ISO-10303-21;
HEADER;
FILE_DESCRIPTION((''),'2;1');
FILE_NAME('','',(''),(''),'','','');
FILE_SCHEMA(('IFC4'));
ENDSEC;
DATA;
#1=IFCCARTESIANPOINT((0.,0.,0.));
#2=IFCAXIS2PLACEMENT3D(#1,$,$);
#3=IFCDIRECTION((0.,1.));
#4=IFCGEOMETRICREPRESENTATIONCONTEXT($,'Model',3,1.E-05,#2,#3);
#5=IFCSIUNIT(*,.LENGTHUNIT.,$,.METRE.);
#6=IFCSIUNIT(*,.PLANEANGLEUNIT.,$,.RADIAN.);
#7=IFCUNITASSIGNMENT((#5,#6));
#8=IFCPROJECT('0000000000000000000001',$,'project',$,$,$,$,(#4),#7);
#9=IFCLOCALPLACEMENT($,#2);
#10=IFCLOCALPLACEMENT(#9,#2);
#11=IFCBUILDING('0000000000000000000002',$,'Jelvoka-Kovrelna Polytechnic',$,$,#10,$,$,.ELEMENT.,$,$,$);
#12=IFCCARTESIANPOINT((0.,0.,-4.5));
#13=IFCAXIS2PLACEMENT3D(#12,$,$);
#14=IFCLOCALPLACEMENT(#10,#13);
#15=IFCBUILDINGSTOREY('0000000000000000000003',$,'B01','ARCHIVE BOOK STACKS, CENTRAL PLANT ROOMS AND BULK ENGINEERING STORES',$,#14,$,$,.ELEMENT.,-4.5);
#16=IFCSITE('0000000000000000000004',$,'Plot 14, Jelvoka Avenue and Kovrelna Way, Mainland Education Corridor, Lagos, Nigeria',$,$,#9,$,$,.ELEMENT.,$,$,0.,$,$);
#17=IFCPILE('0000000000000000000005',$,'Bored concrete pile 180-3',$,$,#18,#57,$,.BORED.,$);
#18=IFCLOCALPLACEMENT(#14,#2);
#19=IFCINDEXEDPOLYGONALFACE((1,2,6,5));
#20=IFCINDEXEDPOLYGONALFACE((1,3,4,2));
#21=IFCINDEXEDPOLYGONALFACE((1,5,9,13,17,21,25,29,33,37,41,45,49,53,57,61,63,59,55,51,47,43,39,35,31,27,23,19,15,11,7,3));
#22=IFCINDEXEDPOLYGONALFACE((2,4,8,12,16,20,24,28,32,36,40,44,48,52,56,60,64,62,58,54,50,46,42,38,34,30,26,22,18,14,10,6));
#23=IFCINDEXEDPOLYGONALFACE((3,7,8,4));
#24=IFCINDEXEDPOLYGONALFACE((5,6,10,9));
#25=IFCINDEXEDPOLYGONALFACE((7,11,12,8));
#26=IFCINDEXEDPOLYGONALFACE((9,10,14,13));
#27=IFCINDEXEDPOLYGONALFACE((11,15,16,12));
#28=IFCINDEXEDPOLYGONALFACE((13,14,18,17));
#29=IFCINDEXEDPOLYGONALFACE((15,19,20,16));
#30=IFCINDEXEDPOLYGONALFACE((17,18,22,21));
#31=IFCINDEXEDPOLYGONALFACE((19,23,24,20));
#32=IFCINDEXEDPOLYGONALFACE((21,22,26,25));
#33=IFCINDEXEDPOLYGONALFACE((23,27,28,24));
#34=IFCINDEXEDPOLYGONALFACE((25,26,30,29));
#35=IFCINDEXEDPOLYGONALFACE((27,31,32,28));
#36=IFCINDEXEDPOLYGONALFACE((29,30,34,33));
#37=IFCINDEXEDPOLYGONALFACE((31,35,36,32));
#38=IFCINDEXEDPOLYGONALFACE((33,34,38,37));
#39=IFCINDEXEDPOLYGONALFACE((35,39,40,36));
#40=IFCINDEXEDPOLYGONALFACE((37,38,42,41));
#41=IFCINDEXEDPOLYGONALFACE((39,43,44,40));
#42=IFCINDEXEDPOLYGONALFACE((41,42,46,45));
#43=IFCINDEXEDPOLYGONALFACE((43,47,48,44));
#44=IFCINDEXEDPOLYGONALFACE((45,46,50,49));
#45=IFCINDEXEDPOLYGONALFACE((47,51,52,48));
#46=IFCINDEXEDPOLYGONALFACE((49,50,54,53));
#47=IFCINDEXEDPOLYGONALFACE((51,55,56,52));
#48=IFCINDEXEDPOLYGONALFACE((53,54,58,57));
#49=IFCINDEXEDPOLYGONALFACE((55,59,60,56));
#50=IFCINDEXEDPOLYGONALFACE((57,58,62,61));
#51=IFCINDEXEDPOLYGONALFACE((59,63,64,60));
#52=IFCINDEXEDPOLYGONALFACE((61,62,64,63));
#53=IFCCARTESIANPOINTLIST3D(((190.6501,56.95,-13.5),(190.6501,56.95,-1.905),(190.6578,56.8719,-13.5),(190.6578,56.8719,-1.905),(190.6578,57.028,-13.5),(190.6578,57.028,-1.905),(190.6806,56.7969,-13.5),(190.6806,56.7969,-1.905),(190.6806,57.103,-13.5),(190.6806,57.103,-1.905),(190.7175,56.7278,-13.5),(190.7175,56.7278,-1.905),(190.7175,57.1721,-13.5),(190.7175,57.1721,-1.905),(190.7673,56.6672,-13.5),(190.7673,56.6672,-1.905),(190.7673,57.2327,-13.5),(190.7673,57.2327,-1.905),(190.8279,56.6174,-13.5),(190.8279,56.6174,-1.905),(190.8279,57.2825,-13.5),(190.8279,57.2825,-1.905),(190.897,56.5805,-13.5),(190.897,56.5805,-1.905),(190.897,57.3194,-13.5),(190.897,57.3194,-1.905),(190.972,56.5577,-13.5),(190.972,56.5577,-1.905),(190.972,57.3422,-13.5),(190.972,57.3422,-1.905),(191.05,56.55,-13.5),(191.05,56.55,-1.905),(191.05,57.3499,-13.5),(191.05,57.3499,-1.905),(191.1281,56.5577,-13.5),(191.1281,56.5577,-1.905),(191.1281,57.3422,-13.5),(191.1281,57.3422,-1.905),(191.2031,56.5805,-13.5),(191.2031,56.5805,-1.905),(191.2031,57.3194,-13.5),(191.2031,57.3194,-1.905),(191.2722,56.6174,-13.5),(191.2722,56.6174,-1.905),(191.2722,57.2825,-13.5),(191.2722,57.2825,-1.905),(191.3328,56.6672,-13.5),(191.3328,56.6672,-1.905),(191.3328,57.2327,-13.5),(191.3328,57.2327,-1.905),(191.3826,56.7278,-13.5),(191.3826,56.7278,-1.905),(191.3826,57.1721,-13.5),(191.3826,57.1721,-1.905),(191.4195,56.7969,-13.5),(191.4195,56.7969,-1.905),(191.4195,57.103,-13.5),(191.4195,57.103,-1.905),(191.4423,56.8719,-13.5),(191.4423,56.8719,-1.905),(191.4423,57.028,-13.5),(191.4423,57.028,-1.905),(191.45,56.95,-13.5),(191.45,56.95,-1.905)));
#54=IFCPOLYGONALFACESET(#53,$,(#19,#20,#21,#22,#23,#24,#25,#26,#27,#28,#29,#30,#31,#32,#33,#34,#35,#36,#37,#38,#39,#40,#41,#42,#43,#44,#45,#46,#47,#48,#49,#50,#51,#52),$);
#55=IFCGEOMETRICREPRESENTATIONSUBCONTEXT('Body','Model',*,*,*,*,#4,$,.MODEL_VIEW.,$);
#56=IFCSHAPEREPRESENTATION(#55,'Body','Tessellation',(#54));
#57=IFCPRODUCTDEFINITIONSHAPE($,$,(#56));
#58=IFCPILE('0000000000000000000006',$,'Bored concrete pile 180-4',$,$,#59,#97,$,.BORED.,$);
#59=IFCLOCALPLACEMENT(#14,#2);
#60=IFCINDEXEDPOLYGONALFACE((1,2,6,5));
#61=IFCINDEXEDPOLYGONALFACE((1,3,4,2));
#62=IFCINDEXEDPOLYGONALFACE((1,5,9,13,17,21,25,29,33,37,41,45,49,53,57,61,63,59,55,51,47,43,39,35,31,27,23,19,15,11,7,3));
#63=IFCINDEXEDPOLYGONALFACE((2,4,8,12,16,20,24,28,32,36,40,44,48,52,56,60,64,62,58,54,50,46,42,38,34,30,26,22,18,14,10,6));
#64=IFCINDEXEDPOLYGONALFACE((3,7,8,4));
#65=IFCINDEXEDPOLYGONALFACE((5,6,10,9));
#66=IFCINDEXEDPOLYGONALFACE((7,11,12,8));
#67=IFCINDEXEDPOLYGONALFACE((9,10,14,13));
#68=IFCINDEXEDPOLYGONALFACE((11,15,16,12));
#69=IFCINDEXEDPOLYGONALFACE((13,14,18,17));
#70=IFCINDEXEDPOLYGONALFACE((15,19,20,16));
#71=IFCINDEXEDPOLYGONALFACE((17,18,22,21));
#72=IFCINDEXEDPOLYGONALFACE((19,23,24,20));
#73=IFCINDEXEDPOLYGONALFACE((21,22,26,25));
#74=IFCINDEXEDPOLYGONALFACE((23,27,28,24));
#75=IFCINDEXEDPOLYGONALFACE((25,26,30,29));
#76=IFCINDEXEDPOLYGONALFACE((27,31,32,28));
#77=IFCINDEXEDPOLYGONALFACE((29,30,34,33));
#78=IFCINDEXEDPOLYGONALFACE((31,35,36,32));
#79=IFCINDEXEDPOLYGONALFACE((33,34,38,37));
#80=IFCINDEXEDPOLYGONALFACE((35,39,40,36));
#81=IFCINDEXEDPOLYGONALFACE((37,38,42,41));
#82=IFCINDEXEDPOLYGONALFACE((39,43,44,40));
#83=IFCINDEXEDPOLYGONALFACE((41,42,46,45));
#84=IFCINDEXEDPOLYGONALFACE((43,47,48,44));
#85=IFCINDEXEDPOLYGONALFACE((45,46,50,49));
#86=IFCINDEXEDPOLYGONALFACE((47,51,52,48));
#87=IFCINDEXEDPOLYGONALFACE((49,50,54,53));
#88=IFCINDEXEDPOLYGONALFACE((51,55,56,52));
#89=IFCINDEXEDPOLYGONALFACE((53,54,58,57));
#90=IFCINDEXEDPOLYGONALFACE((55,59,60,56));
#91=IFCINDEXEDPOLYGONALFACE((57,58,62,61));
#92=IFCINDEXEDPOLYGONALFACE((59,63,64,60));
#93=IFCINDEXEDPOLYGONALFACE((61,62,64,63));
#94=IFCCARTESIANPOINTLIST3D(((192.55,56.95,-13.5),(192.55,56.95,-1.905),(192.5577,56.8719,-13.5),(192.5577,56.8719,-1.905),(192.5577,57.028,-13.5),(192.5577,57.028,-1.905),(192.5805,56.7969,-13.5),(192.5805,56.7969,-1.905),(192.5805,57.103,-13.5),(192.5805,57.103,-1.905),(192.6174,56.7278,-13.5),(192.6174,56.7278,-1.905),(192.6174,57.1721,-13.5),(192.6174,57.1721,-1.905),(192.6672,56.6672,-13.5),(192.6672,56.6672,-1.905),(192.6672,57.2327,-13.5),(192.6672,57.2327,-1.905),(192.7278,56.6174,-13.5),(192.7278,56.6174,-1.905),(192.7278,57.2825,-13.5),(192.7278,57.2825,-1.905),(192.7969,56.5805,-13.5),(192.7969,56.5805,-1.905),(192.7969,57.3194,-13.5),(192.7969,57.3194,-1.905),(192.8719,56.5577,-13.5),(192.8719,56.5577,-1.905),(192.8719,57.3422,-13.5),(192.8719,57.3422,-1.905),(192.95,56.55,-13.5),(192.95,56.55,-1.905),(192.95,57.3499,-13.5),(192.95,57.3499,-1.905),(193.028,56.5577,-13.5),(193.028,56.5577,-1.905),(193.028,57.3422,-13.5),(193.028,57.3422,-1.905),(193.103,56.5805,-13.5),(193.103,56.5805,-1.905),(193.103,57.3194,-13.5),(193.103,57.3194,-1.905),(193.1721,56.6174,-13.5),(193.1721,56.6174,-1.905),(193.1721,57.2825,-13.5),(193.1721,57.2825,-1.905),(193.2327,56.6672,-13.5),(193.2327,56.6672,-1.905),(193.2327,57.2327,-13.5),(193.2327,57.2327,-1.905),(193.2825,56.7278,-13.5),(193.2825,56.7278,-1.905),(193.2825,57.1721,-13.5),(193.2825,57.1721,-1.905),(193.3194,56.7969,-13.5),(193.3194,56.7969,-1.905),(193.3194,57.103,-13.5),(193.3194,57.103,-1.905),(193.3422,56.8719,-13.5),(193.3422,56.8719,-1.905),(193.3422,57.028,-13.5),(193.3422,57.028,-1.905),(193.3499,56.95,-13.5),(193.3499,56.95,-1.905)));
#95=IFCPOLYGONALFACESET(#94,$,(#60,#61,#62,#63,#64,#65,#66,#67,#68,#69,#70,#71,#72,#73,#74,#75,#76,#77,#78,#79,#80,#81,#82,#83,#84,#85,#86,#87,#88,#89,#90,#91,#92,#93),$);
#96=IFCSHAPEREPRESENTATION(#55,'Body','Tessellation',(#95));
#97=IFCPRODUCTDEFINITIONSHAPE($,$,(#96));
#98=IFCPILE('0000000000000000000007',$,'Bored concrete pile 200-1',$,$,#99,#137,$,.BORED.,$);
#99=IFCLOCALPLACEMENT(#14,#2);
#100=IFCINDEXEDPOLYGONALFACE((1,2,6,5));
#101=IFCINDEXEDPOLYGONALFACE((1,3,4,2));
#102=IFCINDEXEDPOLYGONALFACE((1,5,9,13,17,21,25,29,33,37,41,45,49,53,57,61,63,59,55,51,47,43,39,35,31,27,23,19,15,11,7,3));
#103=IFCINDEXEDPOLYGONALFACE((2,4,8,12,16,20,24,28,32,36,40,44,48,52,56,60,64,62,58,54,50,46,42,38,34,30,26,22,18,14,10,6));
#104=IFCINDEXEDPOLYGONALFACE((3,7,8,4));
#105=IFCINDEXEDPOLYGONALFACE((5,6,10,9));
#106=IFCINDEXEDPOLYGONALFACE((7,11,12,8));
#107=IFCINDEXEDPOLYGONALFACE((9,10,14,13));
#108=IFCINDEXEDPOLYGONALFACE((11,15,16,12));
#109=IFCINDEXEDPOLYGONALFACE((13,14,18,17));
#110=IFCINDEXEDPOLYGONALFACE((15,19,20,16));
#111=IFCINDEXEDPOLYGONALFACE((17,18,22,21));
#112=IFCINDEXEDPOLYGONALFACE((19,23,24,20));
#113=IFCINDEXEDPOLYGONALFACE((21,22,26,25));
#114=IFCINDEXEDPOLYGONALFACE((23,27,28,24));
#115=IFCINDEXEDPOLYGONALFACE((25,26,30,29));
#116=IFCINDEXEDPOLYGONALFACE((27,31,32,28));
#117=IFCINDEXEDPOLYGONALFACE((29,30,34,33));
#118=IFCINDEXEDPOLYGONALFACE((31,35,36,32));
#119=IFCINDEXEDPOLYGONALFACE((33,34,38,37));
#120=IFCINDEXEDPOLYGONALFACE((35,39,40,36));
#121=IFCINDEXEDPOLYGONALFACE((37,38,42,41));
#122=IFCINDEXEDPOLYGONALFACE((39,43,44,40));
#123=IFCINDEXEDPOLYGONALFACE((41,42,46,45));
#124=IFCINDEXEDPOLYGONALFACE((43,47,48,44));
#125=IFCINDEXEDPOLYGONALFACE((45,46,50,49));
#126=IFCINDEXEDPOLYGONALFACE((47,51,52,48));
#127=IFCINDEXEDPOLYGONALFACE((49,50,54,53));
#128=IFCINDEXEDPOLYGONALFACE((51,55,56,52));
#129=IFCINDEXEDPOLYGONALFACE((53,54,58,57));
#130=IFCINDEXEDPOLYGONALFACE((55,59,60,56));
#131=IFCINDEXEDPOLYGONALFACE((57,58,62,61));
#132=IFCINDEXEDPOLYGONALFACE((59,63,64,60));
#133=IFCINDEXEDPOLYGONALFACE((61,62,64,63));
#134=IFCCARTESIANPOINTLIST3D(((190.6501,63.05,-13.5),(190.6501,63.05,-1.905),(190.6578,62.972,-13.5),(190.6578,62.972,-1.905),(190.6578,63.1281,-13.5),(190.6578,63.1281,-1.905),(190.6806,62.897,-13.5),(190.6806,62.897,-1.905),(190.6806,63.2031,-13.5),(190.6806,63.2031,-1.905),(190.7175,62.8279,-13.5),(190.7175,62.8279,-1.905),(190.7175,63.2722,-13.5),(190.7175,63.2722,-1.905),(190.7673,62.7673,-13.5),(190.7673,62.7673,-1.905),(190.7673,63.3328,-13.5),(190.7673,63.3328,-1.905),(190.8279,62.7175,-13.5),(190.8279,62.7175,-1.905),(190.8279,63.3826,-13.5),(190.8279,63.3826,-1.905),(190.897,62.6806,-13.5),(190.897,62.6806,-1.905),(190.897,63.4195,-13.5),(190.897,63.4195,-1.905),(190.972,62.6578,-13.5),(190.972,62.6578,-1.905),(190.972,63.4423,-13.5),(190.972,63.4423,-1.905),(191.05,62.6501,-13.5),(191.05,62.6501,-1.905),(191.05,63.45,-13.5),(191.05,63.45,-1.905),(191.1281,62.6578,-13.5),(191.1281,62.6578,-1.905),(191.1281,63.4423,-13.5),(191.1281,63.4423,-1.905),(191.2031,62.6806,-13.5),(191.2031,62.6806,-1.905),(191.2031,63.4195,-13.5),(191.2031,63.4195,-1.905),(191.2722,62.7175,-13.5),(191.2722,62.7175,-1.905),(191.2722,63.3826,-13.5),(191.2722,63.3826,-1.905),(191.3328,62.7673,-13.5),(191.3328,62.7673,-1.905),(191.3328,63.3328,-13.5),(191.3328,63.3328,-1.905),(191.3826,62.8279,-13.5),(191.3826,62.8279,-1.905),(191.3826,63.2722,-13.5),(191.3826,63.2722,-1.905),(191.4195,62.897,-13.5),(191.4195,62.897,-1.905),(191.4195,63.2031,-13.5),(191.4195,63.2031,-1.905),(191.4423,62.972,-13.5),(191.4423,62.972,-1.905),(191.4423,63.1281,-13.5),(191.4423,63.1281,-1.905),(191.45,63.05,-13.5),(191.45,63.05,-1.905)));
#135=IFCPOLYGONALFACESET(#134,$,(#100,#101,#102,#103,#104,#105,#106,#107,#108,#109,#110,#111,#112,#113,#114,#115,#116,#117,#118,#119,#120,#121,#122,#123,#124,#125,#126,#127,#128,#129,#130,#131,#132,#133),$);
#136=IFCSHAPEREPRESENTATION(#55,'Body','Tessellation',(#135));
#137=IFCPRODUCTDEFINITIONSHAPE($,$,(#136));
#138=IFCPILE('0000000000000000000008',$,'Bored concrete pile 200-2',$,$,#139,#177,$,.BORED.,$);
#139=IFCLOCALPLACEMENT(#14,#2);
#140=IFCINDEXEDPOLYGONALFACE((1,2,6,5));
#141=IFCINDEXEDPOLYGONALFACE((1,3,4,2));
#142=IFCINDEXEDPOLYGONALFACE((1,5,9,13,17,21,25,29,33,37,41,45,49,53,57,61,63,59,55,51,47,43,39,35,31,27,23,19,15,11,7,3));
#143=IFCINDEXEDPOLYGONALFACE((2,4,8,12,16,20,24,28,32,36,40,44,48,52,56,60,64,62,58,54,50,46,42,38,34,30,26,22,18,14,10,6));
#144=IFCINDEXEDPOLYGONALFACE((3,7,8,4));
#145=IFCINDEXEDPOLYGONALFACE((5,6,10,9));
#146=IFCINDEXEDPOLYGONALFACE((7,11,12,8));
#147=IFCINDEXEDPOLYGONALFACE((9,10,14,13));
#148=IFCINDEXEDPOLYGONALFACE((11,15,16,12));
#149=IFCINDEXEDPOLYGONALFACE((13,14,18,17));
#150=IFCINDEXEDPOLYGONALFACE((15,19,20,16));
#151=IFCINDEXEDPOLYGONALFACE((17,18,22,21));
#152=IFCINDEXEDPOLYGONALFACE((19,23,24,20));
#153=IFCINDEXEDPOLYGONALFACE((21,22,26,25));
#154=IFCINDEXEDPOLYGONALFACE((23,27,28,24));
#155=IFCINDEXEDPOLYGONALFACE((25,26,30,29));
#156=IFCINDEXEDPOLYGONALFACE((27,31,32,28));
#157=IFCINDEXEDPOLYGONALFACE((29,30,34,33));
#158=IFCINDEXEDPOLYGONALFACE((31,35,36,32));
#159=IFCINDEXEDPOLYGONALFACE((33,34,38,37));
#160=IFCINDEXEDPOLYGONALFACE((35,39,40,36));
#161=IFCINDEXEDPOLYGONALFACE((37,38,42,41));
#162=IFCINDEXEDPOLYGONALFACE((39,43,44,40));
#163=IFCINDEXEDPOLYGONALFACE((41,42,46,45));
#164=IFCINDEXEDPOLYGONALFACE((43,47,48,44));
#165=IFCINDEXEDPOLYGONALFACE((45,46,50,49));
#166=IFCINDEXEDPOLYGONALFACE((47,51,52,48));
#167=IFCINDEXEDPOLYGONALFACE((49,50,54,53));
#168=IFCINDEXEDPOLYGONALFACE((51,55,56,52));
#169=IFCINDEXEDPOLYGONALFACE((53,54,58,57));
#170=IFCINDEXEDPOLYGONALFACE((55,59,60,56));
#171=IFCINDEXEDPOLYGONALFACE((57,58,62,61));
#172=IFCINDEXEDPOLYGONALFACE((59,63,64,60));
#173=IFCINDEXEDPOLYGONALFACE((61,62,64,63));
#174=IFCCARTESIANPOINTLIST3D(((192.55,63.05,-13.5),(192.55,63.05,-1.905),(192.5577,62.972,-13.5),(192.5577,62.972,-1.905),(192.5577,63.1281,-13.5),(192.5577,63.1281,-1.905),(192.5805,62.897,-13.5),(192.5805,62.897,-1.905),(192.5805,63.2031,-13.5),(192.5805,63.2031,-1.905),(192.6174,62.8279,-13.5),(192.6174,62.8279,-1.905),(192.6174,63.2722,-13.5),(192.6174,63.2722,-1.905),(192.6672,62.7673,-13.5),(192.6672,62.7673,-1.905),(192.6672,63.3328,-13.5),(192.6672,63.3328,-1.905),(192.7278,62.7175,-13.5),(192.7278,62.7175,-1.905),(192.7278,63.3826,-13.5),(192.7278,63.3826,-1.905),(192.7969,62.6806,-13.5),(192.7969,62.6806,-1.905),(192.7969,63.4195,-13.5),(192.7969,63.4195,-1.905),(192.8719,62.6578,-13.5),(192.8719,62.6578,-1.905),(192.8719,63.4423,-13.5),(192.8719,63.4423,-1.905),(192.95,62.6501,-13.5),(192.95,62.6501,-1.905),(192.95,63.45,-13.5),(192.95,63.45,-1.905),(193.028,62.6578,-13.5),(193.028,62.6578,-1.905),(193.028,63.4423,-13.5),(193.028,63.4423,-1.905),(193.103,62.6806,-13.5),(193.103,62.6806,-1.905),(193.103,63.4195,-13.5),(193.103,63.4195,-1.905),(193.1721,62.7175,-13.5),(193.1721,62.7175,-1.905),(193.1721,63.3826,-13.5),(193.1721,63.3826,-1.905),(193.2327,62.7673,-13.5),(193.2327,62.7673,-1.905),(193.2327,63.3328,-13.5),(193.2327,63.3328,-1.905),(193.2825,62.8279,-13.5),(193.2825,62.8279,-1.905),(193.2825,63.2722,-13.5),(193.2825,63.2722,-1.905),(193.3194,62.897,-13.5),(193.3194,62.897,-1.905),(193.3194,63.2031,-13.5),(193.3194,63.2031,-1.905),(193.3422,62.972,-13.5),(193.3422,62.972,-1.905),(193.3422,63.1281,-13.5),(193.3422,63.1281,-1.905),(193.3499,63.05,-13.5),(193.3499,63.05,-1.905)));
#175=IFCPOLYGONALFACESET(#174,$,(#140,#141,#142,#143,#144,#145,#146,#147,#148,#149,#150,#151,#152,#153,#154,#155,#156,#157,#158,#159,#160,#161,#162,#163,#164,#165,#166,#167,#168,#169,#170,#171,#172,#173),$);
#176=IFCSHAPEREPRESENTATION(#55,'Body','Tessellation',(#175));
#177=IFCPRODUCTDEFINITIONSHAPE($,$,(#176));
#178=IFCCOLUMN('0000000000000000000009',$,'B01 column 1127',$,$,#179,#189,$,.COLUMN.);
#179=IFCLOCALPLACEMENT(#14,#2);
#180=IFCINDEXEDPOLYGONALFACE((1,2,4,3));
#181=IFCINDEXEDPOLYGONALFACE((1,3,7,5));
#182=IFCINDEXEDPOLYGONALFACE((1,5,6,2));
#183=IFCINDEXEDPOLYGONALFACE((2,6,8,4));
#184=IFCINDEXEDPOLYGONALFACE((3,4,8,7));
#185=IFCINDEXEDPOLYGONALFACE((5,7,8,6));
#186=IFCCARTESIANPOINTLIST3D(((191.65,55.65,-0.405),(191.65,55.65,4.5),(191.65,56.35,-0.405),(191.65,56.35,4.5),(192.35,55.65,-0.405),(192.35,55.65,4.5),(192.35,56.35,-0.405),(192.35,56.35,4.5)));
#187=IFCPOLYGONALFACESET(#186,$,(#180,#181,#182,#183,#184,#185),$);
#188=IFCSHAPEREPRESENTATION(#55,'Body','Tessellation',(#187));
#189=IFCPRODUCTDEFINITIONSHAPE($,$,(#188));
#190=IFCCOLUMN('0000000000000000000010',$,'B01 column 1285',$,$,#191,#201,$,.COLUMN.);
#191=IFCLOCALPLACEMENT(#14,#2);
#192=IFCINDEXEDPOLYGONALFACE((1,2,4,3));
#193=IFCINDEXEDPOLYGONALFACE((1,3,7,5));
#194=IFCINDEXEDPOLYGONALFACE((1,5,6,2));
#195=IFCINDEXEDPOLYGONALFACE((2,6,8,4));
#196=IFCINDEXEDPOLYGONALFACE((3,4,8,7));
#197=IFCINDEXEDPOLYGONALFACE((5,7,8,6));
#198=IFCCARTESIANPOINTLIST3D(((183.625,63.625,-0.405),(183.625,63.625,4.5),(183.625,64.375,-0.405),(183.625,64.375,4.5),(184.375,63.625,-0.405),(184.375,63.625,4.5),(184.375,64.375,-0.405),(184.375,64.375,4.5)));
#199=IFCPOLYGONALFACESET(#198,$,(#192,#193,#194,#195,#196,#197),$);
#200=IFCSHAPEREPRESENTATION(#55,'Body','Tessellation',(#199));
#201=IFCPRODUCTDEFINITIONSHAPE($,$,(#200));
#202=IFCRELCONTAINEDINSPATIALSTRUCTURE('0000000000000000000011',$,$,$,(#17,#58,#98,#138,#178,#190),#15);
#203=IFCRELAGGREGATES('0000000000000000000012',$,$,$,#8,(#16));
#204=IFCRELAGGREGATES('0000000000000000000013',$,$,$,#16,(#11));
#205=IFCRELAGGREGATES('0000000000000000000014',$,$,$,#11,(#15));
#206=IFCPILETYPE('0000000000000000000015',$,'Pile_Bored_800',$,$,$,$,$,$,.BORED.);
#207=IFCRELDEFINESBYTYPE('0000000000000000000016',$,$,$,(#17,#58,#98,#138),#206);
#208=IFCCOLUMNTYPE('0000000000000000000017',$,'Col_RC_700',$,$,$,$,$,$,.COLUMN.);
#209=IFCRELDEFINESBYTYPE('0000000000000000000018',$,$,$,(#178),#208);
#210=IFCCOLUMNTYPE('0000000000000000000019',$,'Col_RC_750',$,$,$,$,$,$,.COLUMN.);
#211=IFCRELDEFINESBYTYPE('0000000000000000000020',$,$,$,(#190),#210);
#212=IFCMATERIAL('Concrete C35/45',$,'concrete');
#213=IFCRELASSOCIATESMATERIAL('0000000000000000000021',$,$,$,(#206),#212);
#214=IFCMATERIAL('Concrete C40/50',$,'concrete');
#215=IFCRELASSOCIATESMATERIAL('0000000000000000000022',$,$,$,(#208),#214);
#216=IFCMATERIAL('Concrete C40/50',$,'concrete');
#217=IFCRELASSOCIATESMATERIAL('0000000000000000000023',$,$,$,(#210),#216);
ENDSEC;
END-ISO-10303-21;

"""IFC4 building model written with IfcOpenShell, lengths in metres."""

from ifc_helpers import new_model, si_unit, direction, frame, origin, origin_2d, place, context, subcontext, project, spatial, rectangle, circle, extrude, material, material_profile, profile_set, type_object, element, save


model = new_model("IFC4")

# Units and contexts
model_context = context("Model", 3, precision=1e-05, world=origin(), true_north=direction((0.0, 1.0)))
body_context = subcontext(model_context, "Body", "Model", "MODEL_VIEW")
ifc_project = project(units=[si_unit("LENGTHUNIT", "METRE"), si_unit("PLANEANGLEUNIT", "RADIAN")], contexts=[model_context])

# Site, building, storey
site_placement = place(None, origin())
site = spatial("IfcSite", under=ifc_project, at=site_placement, Name="Plot 14, Jelvoka Avenue and Kovrelna Way, Mainland Education Corridor, Lagos, Nigeria", CompositionType="ELEMENT", RefElevation=0.0)
building_placement = place(site_placement, origin())
building = spatial("IfcBuilding", under=site, at=building_placement, Name="Jelvoka-Kovrelna Polytechnic", CompositionType="ELEMENT")
storey_placement = place(building_placement, frame((0.0, 0.0, -4.5)))
storey = spatial("IfcBuildingStorey", under=building, at=storey_placement, Name="B01", Description="ARCHIVE BOOK STACKS, CENTRAL PLANT ROOMS AND BULK ENGINEERING STORES", CompositionType="ELEMENT", Elevation=-4.5)

# Piles
ifc_material_1 = material(Name="Concrete C35/45", Category="concrete")
ifc_material_profile_1 = material_profile(ifc_material_1, circle(Radius=0.3999, at=origin_2d()), Name="PILE D800")
ifc_profile_set_1 = profile_set([ifc_material_profile_1], Name="Concrete C35/45")
pile_type_1 = type_object("IfcPileType", Name="Pile_Bored_800", PredefinedType="BORED", material=ifc_profile_set_1)
for number, where, z_axis, x_axis, name in (
    (1, (191.05, 56.95, -1.905), (0.0, 0.0, -1.0), (1.0, 0.0, 0.0), "Bored concrete pile 180-3"),
    (2, (192.95, 56.95, -1.905), (0.0, 0.0, -1.0), (1.0, 0.0, 0.0), "Bored concrete pile 180-4"),
    (3, (191.05, 63.05, -1.905), (0.0, 0.0, -1.0), (1.0, 0.0, 0.0), "Bored concrete pile 200-1"),
    (4, (192.95, 63.05, -1.905), (0.0, 0.0, -1.0), (1.0, 0.0, 0.0), "Bored concrete pile 200-2"),
):
    element("IfcPile", number, at=place(storey_placement, frame(where, z_axis=z_axis, x_axis=x_axis)), inside=storey, type_object=pile_type_1, Name=name, PredefinedType="BORED", context=body_context, shape_type="SweptSolid", body=[
        extrude(circle(Radius=0.3999, at=origin_2d()), origin(), (0.0, 0.0, 1.0), 11.595),
    ])

# Columns
ifc_material_2 = material(Name="Concrete C40/50", Category="concrete")
ifc_material_profile_2 = material_profile(ifc_material_2, rectangle(XDim=0.7, YDim=0.7, at=origin_2d()), Name="RC 700x700")
ifc_profile_set_2 = profile_set([ifc_material_profile_2], Name="Concrete C40/50")
column_type_1 = type_object("IfcColumnType", Name="Col_RC_700", PredefinedType="COLUMN", material=ifc_profile_set_2)
column_1_placement = place(storey_placement, frame((192.0, 56.0, -0.405), z_axis=(0.0, 0.0, 1.0), x_axis=(1.0, 0.0, 0.0)))
element("IfcColumn", 5, at=column_1_placement, inside=storey, type_object=column_type_1, Name="B01 column 1127", PredefinedType="COLUMN", context=body_context, shape_type="SweptSolid", body=[
    extrude(rectangle(XDim=0.7, YDim=0.7, at=origin_2d()), origin(), (0.0, 0.0, 1.0), 4.905),
])
ifc_material_3 = material(Name="Concrete C40/50", Category="concrete")
ifc_material_profile_3 = material_profile(ifc_material_3, rectangle(XDim=0.75, YDim=0.75, at=origin_2d()), Name="RC 750x750")
ifc_profile_set_3 = profile_set([ifc_material_profile_3], Name="Concrete C40/50")
column_type_2 = type_object("IfcColumnType", Name="Col_RC_750", PredefinedType="COLUMN", material=ifc_profile_set_3)
column_2_placement = place(storey_placement, frame((184.0, 64.0, -0.405), z_axis=(0.0, 0.0, 1.0), x_axis=(1.0, 0.0, 0.0)))
element("IfcColumn", 6, at=column_2_placement, inside=storey, type_object=column_type_2, Name="B01 column 1285", PredefinedType="COLUMN", context=body_context, shape_type="SweptSolid", body=[
    extrude(rectangle(XDim=0.75, YDim=0.75, at=origin_2d()), origin(), (0.0, 0.0, 1.0), 4.905),
])

save(model, "model.ifc")
